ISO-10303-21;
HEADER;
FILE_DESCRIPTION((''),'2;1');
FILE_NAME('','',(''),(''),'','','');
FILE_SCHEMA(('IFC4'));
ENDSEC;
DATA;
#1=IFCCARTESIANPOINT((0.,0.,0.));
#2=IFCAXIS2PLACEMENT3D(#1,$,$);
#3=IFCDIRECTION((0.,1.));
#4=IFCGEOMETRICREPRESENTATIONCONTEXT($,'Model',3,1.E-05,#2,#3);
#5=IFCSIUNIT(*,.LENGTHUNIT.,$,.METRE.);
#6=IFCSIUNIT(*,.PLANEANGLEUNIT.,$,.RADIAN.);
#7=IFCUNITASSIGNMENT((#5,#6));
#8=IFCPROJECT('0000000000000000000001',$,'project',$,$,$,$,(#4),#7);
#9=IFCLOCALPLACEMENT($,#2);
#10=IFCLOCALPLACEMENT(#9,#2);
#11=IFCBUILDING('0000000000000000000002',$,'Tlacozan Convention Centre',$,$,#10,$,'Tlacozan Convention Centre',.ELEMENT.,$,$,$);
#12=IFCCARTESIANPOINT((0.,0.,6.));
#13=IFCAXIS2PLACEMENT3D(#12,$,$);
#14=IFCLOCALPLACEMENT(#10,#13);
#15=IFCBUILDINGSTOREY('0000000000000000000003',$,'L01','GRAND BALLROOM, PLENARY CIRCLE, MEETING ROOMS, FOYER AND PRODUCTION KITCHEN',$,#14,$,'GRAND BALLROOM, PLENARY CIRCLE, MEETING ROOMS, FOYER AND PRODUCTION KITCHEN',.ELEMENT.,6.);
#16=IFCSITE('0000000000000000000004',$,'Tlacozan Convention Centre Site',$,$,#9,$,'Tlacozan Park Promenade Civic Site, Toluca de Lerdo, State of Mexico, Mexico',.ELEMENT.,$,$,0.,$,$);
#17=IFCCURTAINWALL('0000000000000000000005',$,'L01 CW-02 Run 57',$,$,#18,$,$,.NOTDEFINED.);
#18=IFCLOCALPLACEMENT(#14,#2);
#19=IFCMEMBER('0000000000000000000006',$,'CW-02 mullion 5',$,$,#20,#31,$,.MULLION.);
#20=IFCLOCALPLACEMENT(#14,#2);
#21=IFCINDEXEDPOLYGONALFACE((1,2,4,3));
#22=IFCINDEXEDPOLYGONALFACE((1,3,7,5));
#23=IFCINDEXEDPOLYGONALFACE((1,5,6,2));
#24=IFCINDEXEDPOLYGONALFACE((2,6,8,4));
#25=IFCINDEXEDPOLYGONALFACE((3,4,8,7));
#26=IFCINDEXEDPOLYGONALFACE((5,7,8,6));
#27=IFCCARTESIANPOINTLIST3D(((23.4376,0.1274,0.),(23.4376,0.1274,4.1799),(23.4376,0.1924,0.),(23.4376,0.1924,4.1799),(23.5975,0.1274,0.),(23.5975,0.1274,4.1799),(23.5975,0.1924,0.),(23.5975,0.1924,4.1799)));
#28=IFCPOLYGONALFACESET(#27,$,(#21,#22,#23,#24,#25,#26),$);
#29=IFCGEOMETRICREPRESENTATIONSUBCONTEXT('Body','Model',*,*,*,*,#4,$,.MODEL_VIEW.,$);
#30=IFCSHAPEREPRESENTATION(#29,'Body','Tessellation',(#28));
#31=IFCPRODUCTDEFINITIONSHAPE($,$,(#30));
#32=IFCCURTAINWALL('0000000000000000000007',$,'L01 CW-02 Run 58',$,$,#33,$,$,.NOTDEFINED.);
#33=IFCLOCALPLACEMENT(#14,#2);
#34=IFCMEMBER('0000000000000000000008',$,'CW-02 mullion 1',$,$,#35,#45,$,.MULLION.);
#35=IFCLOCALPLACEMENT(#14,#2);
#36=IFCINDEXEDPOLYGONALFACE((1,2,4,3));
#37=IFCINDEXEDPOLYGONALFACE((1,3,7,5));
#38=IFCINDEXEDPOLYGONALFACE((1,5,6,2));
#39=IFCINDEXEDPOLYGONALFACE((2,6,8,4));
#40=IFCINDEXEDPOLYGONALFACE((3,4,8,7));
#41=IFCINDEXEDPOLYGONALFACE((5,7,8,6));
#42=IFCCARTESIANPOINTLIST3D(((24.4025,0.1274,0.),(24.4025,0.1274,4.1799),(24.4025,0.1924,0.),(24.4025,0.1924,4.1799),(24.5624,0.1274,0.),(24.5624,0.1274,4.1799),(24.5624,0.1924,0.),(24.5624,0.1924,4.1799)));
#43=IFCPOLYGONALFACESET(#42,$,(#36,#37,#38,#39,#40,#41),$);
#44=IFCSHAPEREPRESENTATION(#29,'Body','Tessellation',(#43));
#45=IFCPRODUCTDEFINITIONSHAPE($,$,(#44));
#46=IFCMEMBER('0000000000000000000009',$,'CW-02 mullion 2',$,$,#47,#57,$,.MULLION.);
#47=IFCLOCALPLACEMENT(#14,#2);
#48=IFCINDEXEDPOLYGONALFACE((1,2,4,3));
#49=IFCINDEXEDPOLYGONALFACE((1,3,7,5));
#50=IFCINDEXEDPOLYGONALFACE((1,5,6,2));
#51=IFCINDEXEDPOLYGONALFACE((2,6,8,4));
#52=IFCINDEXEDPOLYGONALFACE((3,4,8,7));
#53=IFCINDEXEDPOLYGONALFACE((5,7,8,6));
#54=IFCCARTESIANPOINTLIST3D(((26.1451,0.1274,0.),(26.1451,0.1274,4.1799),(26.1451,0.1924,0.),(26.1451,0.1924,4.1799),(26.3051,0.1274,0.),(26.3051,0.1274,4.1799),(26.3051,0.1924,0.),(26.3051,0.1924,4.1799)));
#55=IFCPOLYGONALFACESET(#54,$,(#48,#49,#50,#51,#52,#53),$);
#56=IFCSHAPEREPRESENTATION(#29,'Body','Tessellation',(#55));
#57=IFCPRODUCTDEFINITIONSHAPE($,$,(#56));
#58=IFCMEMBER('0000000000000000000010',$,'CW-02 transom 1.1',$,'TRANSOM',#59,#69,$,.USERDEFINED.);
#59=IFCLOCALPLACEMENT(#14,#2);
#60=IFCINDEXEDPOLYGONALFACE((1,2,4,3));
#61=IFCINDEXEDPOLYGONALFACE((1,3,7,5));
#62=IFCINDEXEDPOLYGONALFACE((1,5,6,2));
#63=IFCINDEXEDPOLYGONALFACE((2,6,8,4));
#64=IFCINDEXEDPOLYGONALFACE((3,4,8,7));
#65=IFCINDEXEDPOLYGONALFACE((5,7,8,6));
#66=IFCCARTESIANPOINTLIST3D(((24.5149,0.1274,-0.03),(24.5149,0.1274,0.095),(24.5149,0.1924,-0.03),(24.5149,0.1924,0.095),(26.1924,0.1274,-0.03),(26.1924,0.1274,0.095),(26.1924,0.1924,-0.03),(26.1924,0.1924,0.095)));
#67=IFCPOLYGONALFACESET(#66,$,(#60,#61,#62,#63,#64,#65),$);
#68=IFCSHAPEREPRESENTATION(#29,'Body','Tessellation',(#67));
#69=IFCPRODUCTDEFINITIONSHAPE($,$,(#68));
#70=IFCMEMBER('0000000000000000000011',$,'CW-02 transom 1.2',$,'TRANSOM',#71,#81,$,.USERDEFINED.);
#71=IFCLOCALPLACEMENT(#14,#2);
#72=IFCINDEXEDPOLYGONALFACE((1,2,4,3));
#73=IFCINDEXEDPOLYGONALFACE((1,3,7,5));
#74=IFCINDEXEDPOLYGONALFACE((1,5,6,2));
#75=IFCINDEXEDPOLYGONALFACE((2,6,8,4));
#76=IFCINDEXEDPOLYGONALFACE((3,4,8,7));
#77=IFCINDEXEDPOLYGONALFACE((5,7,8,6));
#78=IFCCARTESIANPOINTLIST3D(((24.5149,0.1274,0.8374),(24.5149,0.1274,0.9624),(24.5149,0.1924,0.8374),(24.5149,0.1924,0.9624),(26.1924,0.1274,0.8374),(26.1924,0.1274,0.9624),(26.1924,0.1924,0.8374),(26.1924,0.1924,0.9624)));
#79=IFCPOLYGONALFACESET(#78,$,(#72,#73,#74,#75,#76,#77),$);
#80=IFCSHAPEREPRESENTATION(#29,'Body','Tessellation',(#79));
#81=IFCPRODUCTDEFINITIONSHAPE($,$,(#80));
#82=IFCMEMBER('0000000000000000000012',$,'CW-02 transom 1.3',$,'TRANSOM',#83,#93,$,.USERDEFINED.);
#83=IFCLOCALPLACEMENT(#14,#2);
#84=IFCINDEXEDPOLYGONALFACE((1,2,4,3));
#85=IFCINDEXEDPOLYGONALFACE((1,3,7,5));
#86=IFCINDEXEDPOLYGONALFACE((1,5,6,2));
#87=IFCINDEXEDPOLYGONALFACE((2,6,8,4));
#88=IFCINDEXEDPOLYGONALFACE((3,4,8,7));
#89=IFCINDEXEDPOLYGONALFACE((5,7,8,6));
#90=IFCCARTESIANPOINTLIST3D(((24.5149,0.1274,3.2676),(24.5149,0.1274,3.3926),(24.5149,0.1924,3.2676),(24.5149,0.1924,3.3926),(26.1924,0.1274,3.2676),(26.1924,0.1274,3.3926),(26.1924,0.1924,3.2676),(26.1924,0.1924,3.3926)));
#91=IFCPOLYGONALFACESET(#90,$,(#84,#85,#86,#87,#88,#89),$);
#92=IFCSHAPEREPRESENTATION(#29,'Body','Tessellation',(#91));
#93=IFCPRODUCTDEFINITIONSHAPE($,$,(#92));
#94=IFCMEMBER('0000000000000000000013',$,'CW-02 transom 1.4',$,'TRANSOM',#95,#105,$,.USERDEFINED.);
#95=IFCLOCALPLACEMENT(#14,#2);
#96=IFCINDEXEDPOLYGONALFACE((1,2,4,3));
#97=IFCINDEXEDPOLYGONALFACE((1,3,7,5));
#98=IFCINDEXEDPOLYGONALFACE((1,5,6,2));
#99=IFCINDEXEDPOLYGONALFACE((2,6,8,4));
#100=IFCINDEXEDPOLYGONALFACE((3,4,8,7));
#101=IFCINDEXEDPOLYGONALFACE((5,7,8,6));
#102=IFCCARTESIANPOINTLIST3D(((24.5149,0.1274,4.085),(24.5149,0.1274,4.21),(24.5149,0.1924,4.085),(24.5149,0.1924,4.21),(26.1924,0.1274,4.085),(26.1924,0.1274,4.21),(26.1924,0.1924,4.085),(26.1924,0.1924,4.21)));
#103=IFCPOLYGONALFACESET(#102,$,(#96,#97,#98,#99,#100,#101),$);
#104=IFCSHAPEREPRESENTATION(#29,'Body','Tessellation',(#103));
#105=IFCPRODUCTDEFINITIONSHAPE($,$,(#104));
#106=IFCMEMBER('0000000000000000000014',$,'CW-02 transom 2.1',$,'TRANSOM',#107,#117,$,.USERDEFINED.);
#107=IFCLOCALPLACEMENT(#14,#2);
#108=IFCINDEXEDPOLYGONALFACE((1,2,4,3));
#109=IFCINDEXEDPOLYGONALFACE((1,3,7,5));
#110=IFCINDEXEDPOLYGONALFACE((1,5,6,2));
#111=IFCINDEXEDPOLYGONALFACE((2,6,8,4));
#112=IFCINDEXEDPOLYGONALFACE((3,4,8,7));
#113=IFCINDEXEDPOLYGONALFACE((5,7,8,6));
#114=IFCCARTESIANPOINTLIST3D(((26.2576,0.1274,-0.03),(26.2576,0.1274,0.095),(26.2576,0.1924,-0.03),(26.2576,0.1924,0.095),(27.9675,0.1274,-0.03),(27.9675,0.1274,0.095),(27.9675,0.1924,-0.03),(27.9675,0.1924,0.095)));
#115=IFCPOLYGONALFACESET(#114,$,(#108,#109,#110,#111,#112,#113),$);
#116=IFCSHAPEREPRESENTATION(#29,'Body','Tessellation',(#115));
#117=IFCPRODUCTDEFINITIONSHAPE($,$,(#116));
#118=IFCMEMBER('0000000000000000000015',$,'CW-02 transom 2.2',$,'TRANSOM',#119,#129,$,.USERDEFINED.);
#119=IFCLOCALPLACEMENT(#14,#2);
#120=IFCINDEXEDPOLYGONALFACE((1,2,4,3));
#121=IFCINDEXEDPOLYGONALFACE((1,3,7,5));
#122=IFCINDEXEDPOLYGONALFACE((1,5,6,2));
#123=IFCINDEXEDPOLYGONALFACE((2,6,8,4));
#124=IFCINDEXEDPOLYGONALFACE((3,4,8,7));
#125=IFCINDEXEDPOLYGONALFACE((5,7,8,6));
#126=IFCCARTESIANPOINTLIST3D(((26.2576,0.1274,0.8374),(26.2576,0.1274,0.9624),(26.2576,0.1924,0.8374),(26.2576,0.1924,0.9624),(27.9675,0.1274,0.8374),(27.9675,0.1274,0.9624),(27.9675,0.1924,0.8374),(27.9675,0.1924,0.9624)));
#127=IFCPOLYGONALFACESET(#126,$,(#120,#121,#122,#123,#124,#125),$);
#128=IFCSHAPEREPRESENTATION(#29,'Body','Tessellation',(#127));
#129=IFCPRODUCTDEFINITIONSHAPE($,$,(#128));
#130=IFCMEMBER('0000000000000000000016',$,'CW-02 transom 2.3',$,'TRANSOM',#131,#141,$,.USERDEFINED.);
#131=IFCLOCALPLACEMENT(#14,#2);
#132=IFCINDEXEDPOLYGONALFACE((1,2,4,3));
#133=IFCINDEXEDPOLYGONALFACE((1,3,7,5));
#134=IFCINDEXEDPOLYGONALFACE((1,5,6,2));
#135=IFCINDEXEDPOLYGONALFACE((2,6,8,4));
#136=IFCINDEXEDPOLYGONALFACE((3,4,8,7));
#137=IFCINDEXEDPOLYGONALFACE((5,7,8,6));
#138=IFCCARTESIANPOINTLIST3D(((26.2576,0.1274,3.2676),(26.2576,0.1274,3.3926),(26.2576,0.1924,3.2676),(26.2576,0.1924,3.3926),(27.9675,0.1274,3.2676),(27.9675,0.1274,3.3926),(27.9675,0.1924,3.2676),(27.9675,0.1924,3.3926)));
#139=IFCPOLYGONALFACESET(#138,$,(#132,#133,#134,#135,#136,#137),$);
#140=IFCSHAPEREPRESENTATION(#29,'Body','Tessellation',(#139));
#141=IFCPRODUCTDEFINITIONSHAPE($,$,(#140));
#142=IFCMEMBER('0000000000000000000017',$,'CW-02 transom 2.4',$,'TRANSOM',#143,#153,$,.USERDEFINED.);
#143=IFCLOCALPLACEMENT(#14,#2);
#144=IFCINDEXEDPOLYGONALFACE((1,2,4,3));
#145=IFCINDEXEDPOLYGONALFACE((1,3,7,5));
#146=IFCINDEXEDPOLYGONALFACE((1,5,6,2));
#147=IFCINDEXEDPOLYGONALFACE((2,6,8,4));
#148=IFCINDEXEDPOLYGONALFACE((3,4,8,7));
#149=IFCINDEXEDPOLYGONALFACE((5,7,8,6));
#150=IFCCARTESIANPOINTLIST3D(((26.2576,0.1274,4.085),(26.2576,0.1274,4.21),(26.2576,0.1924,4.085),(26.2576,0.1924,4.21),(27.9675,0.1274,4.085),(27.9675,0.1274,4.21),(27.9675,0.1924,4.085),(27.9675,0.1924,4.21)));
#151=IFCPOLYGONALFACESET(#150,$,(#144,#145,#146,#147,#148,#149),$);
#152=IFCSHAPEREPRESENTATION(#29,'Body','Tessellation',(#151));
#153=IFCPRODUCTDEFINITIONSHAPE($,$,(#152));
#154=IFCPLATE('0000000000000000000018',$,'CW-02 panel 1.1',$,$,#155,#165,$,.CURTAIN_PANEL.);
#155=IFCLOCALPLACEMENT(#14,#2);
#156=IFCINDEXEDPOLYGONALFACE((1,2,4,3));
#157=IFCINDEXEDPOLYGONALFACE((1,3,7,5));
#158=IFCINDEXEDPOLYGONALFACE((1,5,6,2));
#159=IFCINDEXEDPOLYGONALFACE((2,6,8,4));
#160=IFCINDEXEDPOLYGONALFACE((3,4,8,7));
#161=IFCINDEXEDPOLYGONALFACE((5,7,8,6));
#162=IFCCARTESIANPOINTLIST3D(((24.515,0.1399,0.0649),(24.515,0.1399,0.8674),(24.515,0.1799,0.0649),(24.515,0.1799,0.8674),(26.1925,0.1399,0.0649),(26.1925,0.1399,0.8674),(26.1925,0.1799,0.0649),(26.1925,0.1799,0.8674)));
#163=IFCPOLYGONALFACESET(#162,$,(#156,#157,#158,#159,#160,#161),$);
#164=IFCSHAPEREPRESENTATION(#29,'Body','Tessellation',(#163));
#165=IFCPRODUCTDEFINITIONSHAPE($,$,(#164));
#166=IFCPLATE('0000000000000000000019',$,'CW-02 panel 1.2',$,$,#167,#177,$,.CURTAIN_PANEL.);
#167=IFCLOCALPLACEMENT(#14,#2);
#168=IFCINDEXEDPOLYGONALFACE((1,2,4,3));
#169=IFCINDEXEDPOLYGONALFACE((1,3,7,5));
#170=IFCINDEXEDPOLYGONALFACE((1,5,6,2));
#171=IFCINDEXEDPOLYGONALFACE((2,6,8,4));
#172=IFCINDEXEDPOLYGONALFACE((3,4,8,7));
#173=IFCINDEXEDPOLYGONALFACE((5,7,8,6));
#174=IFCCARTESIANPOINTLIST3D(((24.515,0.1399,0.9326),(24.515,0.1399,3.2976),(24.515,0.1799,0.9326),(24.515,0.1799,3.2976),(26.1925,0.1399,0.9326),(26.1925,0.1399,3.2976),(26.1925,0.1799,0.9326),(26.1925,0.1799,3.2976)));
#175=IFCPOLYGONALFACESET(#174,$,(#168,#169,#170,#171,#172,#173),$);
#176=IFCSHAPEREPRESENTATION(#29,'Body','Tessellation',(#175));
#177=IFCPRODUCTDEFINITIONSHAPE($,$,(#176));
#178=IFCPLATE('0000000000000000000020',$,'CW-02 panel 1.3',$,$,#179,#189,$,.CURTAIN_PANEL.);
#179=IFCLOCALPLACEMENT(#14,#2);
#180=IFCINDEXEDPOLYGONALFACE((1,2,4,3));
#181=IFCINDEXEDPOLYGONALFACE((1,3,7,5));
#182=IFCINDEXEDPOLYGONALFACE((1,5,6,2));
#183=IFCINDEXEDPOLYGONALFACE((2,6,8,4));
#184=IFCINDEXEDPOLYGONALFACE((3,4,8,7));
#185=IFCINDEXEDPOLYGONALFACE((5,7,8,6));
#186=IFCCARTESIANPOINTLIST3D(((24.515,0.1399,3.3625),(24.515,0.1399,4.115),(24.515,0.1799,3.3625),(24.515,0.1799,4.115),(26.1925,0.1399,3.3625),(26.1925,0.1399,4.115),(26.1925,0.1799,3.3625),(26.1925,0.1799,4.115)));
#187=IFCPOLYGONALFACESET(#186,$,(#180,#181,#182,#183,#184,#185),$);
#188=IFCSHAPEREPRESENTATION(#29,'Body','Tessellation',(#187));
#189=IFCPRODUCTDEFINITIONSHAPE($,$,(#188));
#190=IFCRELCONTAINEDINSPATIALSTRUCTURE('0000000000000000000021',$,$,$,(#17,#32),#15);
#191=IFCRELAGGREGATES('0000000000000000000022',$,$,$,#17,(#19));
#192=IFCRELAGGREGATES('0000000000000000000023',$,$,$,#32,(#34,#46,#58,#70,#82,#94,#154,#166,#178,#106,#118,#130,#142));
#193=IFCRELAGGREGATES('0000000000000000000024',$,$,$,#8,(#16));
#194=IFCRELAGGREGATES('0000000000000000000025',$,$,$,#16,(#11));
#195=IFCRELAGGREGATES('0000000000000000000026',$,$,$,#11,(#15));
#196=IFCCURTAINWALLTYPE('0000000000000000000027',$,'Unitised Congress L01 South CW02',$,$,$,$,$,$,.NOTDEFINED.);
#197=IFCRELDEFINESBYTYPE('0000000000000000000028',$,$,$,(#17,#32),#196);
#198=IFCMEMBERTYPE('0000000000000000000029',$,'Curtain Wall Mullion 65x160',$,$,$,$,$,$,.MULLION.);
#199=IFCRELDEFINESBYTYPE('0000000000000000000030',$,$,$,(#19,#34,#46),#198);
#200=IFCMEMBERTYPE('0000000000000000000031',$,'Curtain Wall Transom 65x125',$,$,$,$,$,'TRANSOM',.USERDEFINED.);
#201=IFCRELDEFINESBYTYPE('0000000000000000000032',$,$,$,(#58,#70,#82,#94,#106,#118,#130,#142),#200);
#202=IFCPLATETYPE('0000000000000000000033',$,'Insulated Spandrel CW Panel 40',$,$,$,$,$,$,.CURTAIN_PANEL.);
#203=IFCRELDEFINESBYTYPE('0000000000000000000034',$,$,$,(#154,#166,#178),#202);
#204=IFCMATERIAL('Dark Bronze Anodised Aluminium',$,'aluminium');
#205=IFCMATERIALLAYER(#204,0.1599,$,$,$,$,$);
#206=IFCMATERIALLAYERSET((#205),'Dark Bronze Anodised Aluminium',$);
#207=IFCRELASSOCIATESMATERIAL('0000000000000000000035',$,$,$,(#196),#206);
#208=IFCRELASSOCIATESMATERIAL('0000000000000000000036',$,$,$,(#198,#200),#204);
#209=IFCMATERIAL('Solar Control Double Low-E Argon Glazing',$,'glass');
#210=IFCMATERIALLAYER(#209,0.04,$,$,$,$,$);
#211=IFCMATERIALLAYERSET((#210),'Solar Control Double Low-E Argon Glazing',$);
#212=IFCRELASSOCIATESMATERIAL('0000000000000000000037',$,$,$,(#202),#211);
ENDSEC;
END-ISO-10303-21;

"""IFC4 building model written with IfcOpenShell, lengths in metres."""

from ifc_helpers import new_model, si_unit, direction, frame, origin, origin_2d, place, context, subcontext, project, spatial, rectangle, extrude, material, layer, layer_set, material_profile, profile_set, type_object, element, aggregate, save


model = new_model("IFC4")

# Units and contexts
model_context = context("Model", 3, precision=1e-05, world=origin(), true_north=direction((0.0, 1.0)))
body_context = subcontext(model_context, "Body", "Model", "MODEL_VIEW")
ifc_project = project(units=[si_unit("LENGTHUNIT", "METRE"), si_unit("PLANEANGLEUNIT", "RADIAN")], contexts=[model_context])

# Site, building, storey
site_placement = place(None, origin())
site = spatial("IfcSite", under=ifc_project, at=site_placement, Name="Tlacozan Convention Centre Site", LongName="Tlacozan Park Promenade Civic Site, Toluca de Lerdo, State of Mexico, Mexico", CompositionType="ELEMENT", RefElevation=0.0)
building_placement = place(site_placement, origin())
building = spatial("IfcBuilding", under=site, at=building_placement, Name="Tlacozan Convention Centre", LongName="Tlacozan Convention Centre", CompositionType="ELEMENT")
storey_placement = place(building_placement, frame((0.0, 0.0, 6.0)))
storey = spatial("IfcBuildingStorey", under=building, at=storey_placement, Name="L01", Description="GRAND BALLROOM, PLENARY CIRCLE, MEETING ROOMS, FOYER AND PRODUCTION KITCHEN", LongName="GRAND BALLROOM, PLENARY CIRCLE, MEETING ROOMS, FOYER AND PRODUCTION KITCHEN", CompositionType="ELEMENT", Elevation=6.0)

# Curtain wall, member
ifc_material_1 = material(Name="Dark Bronze Anodised Aluminium", Category="aluminium")
ifc_layer_1 = layer(ifc_material_1, 0.1599)
ifc_layer_set_1 = layer_set([ifc_layer_1], Name="Dark Bronze Anodised Aluminium")
curtain_wall_type = type_object("IfcCurtainWallType", Name="Unitised Congress L01 South CW02", PredefinedType="NOTDEFINED", material=ifc_layer_set_1)
curtain_wall_1_placement = place(storey_placement, origin())
curtain_wall_1 = element("IfcCurtainWall", 1, at=curtain_wall_1_placement, inside=storey, type_object=curtain_wall_type, Name="L01 CW-02 Run 57", PredefinedType="NOTDEFINED")
ifc_material_profile_1 = material_profile(ifc_material_1, rectangle(XDim=0.0649, YDim=0.1599, at=origin_2d()), Name="ALU 65x160")
ifc_profile_set_1 = profile_set([ifc_material_profile_1], Name="Dark Bronze Anodised Aluminium")
member_type_1 = type_object("IfcMemberType", Name="Curtain Wall Mullion 65x160", PredefinedType="MULLION", material=ifc_profile_set_1)
member_1_placement = place(storey_placement, frame((23.5176, 0.1599, 0.0), z_axis=(0.0, 0.0, 1.0), x_axis=(0.0, 1.0, 0.0)))
member_1 = element("IfcMember", 2, at=member_1_placement, type_object=member_type_1, Name="CW-02 mullion 5", PredefinedType="MULLION", context=body_context, shape_type="SweptSolid", body=[
    extrude(rectangle(XDim=0.0649, YDim=0.1599, at=origin_2d()), origin(), (0.0, 0.0, 1.0), 4.1799),
])
aggregate(curtain_wall_1, [member_1])

# Curtain wall, members, plates
curtain_wall_2_placement = place(storey_placement, origin())
curtain_wall_2 = element("IfcCurtainWall", 3, at=curtain_wall_2_placement, inside=storey, type_object=curtain_wall_type, Name="L01 CW-02 Run 58", PredefinedType="NOTDEFINED")
member_2_placement = place(storey_placement, frame((24.4824, 0.1599, 0.0), z_axis=(0.0, 0.0, 1.0), x_axis=(0.0, 1.0, 0.0)))
member_2 = element("IfcMember", 4, at=member_2_placement, type_object=member_type_1, Name="CW-02 mullion 1", PredefinedType="MULLION", context=body_context, shape_type="SweptSolid", body=[
    extrude(rectangle(XDim=0.0649, YDim=0.1599, at=origin_2d()), origin(), (0.0, 0.0, 1.0), 4.1799),
])
member_3_placement = place(storey_placement, frame((26.2251, 0.1599, 0.0), z_axis=(0.0, 0.0, 1.0), x_axis=(0.0, 1.0, 0.0)))
member_3 = element("IfcMember", 5, at=member_3_placement, type_object=member_type_1, Name="CW-02 mullion 2", PredefinedType="MULLION", context=body_context, shape_type="SweptSolid", body=[
    extrude(rectangle(XDim=0.0649, YDim=0.1599, at=origin_2d()), origin(), (0.0, 0.0, 1.0), 4.1799),
])
ifc_material_profile_2 = material_profile(ifc_material_1, rectangle(XDim=0.0649, YDim=0.125, at=origin_2d()), Name="ALU 65x125")
ifc_profile_set_2 = profile_set([ifc_material_profile_2], Name="Dark Bronze Anodised Aluminium")
member_type_2 = type_object("IfcMemberType", Name="Curtain Wall Transom 65x125", ElementType="TRANSOM", PredefinedType="USERDEFINED", material=ifc_profile_set_2)
member_4_placement = place(storey_placement, frame((24.5149, 0.1599, 0.0325), z_axis=(1.0, 0.0, 0.0), x_axis=(0.0, 1.0, 0.0)))
member_4 = element("IfcMember", 6, at=member_4_placement, type_object=member_type_2, Name="CW-02 transom 1.1", ObjectType="TRANSOM", PredefinedType="USERDEFINED", context=body_context, shape_type="SweptSolid", body=[
    extrude(rectangle(XDim=0.0649, YDim=0.125, at=origin_2d()), origin(), (0.0, 0.0, 1.0), 1.6775),
])
member_5_placement = place(storey_placement, frame((24.5149, 0.1599, 0.8999), z_axis=(1.0, 0.0, 0.0), x_axis=(0.0, 1.0, 0.0)))
member_5 = element("IfcMember", 7, at=member_5_placement, type_object=member_type_2, Name="CW-02 transom 1.2", ObjectType="TRANSOM", PredefinedType="USERDEFINED", context=body_context, shape_type="SweptSolid", body=[
    extrude(rectangle(XDim=0.0649, YDim=0.125, at=origin_2d()), origin(), (0.0, 0.0, 1.0), 1.6775),
])
member_6_placement = place(storey_placement, frame((24.5149, 0.1599, 3.3301), z_axis=(1.0, 0.0, 0.0), x_axis=(0.0, 1.0, 0.0)))
member_6 = element("IfcMember", 8, at=member_6_placement, type_object=member_type_2, Name="CW-02 transom 1.3", ObjectType="TRANSOM", PredefinedType="USERDEFINED", context=body_context, shape_type="SweptSolid", body=[
    extrude(rectangle(XDim=0.0649, YDim=0.125, at=origin_2d()), origin(), (0.0, 0.0, 1.0), 1.6775),
])
member_7_placement = place(storey_placement, frame((24.5149, 0.1599, 4.1475), z_axis=(1.0, 0.0, 0.0), x_axis=(0.0, 1.0, 0.0)))
member_7 = element("IfcMember", 9, at=member_7_placement, type_object=member_type_2, Name="CW-02 transom 1.4", ObjectType="TRANSOM", PredefinedType="USERDEFINED", context=body_context, shape_type="SweptSolid", body=[
    extrude(rectangle(XDim=0.0649, YDim=0.125, at=origin_2d()), origin(), (0.0, 0.0, 1.0), 1.6775),
])
member_8_placement = place(storey_placement, frame((26.2576, 0.1599, 0.0325), z_axis=(1.0, 0.0, 0.0), x_axis=(0.0, 1.0, 0.0)))
member_8 = element("IfcMember", 10, at=member_8_placement, type_object=member_type_2, Name="CW-02 transom 2.1", ObjectType="TRANSOM", PredefinedType="USERDEFINED", context=body_context, shape_type="SweptSolid", body=[
    extrude(rectangle(XDim=0.0649, YDim=0.125, at=origin_2d()), origin(), (0.0, 0.0, 1.0), 1.71),
])
member_9_placement = place(storey_placement, frame((26.2576, 0.1599, 0.8999), z_axis=(1.0, 0.0, 0.0), x_axis=(0.0, 1.0, 0.0)))
member_9 = element("IfcMember", 11, at=member_9_placement, type_object=member_type_2, Name="CW-02 transom 2.2", ObjectType="TRANSOM", PredefinedType="USERDEFINED", context=body_context, shape_type="SweptSolid", body=[
    extrude(rectangle(XDim=0.0649, YDim=0.125, at=origin_2d()), origin(), (0.0, 0.0, 1.0), 1.71),
])
member_10_placement = place(storey_placement, frame((26.2576, 0.1599, 3.3301), z_axis=(1.0, 0.0, 0.0), x_axis=(0.0, 1.0, 0.0)))
member_10 = element("IfcMember", 12, at=member_10_placement, type_object=member_type_2, Name="CW-02 transom 2.3", ObjectType="TRANSOM", PredefinedType="USERDEFINED", context=body_context, shape_type="SweptSolid", body=[
    extrude(rectangle(XDim=0.0649, YDim=0.125, at=origin_2d()), origin(), (0.0, 0.0, 1.0), 1.71),
])
member_11_placement = place(storey_placement, frame((26.2576, 0.1599, 4.1475), z_axis=(1.0, 0.0, 0.0), x_axis=(0.0, 1.0, 0.0)))
member_11 = element("IfcMember", 13, at=member_11_placement, type_object=member_type_2, Name="CW-02 transom 2.4", ObjectType="TRANSOM", PredefinedType="USERDEFINED", context=body_context, shape_type="SweptSolid", body=[
    extrude(rectangle(XDim=0.0649, YDim=0.125, at=origin_2d()), origin(), (0.0, 0.0, 1.0), 1.71),
])
ifc_material_2 = material(Name="Solar Control Double Low-E Argon Glazing", Category="glass")
ifc_layer_2 = layer(ifc_material_2, 0.04)
ifc_layer_set_2 = layer_set([ifc_layer_2], Name="Solar Control Double Low-E Argon Glazing")
plate_type = type_object("IfcPlateType", Name="Insulated Spandrel CW Panel 40", PredefinedType="CURTAIN_PANEL", material=ifc_layer_set_2)
plate_1_placement = place(storey_placement, frame((25.3538, 0.1599, 0.0649), z_axis=(0.0, 0.0, 1.0), x_axis=(1.0, 0.0, 0.0)))
plate_1 = element("IfcPlate", 14, at=plate_1_placement, type_object=plate_type, Name="CW-02 panel 1.1", PredefinedType="CURTAIN_PANEL", context=body_context, shape_type="SweptSolid", body=[
    extrude(rectangle(XDim=1.6775, YDim=0.04, at=origin_2d()), origin(), (0.0, 0.0, 1.0), 0.8025),
])
plate_2_placement = place(storey_placement, frame((25.3538, 0.1599, 0.9326), z_axis=(0.0, 0.0, 1.0), x_axis=(1.0, 0.0, 0.0)))
plate_2 = element("IfcPlate", 15, at=plate_2_placement, type_object=plate_type, Name="CW-02 panel 1.2", PredefinedType="CURTAIN_PANEL", context=body_context, shape_type="SweptSolid", body=[
    extrude(rectangle(XDim=1.6775, YDim=0.04, at=origin_2d()), origin(), (0.0, 0.0, 1.0), 2.365),
])
plate_3_placement = place(storey_placement, frame((25.3538, 0.1599, 3.3625), z_axis=(0.0, 0.0, 1.0), x_axis=(1.0, 0.0, 0.0)))
plate_3 = element("IfcPlate", 16, at=plate_3_placement, type_object=plate_type, Name="CW-02 panel 1.3", PredefinedType="CURTAIN_PANEL", context=body_context, shape_type="SweptSolid", body=[
    extrude(rectangle(XDim=1.6775, YDim=0.04, at=origin_2d()), origin(), (0.0, 0.0, 1.0), 0.7524),
])
aggregate(curtain_wall_2, [member_2, member_3, member_4, member_5, member_6, member_7, plate_1, plate_2, plate_3, member_8, member_9, member_10, member_11])

save(model, "model.ifc")
